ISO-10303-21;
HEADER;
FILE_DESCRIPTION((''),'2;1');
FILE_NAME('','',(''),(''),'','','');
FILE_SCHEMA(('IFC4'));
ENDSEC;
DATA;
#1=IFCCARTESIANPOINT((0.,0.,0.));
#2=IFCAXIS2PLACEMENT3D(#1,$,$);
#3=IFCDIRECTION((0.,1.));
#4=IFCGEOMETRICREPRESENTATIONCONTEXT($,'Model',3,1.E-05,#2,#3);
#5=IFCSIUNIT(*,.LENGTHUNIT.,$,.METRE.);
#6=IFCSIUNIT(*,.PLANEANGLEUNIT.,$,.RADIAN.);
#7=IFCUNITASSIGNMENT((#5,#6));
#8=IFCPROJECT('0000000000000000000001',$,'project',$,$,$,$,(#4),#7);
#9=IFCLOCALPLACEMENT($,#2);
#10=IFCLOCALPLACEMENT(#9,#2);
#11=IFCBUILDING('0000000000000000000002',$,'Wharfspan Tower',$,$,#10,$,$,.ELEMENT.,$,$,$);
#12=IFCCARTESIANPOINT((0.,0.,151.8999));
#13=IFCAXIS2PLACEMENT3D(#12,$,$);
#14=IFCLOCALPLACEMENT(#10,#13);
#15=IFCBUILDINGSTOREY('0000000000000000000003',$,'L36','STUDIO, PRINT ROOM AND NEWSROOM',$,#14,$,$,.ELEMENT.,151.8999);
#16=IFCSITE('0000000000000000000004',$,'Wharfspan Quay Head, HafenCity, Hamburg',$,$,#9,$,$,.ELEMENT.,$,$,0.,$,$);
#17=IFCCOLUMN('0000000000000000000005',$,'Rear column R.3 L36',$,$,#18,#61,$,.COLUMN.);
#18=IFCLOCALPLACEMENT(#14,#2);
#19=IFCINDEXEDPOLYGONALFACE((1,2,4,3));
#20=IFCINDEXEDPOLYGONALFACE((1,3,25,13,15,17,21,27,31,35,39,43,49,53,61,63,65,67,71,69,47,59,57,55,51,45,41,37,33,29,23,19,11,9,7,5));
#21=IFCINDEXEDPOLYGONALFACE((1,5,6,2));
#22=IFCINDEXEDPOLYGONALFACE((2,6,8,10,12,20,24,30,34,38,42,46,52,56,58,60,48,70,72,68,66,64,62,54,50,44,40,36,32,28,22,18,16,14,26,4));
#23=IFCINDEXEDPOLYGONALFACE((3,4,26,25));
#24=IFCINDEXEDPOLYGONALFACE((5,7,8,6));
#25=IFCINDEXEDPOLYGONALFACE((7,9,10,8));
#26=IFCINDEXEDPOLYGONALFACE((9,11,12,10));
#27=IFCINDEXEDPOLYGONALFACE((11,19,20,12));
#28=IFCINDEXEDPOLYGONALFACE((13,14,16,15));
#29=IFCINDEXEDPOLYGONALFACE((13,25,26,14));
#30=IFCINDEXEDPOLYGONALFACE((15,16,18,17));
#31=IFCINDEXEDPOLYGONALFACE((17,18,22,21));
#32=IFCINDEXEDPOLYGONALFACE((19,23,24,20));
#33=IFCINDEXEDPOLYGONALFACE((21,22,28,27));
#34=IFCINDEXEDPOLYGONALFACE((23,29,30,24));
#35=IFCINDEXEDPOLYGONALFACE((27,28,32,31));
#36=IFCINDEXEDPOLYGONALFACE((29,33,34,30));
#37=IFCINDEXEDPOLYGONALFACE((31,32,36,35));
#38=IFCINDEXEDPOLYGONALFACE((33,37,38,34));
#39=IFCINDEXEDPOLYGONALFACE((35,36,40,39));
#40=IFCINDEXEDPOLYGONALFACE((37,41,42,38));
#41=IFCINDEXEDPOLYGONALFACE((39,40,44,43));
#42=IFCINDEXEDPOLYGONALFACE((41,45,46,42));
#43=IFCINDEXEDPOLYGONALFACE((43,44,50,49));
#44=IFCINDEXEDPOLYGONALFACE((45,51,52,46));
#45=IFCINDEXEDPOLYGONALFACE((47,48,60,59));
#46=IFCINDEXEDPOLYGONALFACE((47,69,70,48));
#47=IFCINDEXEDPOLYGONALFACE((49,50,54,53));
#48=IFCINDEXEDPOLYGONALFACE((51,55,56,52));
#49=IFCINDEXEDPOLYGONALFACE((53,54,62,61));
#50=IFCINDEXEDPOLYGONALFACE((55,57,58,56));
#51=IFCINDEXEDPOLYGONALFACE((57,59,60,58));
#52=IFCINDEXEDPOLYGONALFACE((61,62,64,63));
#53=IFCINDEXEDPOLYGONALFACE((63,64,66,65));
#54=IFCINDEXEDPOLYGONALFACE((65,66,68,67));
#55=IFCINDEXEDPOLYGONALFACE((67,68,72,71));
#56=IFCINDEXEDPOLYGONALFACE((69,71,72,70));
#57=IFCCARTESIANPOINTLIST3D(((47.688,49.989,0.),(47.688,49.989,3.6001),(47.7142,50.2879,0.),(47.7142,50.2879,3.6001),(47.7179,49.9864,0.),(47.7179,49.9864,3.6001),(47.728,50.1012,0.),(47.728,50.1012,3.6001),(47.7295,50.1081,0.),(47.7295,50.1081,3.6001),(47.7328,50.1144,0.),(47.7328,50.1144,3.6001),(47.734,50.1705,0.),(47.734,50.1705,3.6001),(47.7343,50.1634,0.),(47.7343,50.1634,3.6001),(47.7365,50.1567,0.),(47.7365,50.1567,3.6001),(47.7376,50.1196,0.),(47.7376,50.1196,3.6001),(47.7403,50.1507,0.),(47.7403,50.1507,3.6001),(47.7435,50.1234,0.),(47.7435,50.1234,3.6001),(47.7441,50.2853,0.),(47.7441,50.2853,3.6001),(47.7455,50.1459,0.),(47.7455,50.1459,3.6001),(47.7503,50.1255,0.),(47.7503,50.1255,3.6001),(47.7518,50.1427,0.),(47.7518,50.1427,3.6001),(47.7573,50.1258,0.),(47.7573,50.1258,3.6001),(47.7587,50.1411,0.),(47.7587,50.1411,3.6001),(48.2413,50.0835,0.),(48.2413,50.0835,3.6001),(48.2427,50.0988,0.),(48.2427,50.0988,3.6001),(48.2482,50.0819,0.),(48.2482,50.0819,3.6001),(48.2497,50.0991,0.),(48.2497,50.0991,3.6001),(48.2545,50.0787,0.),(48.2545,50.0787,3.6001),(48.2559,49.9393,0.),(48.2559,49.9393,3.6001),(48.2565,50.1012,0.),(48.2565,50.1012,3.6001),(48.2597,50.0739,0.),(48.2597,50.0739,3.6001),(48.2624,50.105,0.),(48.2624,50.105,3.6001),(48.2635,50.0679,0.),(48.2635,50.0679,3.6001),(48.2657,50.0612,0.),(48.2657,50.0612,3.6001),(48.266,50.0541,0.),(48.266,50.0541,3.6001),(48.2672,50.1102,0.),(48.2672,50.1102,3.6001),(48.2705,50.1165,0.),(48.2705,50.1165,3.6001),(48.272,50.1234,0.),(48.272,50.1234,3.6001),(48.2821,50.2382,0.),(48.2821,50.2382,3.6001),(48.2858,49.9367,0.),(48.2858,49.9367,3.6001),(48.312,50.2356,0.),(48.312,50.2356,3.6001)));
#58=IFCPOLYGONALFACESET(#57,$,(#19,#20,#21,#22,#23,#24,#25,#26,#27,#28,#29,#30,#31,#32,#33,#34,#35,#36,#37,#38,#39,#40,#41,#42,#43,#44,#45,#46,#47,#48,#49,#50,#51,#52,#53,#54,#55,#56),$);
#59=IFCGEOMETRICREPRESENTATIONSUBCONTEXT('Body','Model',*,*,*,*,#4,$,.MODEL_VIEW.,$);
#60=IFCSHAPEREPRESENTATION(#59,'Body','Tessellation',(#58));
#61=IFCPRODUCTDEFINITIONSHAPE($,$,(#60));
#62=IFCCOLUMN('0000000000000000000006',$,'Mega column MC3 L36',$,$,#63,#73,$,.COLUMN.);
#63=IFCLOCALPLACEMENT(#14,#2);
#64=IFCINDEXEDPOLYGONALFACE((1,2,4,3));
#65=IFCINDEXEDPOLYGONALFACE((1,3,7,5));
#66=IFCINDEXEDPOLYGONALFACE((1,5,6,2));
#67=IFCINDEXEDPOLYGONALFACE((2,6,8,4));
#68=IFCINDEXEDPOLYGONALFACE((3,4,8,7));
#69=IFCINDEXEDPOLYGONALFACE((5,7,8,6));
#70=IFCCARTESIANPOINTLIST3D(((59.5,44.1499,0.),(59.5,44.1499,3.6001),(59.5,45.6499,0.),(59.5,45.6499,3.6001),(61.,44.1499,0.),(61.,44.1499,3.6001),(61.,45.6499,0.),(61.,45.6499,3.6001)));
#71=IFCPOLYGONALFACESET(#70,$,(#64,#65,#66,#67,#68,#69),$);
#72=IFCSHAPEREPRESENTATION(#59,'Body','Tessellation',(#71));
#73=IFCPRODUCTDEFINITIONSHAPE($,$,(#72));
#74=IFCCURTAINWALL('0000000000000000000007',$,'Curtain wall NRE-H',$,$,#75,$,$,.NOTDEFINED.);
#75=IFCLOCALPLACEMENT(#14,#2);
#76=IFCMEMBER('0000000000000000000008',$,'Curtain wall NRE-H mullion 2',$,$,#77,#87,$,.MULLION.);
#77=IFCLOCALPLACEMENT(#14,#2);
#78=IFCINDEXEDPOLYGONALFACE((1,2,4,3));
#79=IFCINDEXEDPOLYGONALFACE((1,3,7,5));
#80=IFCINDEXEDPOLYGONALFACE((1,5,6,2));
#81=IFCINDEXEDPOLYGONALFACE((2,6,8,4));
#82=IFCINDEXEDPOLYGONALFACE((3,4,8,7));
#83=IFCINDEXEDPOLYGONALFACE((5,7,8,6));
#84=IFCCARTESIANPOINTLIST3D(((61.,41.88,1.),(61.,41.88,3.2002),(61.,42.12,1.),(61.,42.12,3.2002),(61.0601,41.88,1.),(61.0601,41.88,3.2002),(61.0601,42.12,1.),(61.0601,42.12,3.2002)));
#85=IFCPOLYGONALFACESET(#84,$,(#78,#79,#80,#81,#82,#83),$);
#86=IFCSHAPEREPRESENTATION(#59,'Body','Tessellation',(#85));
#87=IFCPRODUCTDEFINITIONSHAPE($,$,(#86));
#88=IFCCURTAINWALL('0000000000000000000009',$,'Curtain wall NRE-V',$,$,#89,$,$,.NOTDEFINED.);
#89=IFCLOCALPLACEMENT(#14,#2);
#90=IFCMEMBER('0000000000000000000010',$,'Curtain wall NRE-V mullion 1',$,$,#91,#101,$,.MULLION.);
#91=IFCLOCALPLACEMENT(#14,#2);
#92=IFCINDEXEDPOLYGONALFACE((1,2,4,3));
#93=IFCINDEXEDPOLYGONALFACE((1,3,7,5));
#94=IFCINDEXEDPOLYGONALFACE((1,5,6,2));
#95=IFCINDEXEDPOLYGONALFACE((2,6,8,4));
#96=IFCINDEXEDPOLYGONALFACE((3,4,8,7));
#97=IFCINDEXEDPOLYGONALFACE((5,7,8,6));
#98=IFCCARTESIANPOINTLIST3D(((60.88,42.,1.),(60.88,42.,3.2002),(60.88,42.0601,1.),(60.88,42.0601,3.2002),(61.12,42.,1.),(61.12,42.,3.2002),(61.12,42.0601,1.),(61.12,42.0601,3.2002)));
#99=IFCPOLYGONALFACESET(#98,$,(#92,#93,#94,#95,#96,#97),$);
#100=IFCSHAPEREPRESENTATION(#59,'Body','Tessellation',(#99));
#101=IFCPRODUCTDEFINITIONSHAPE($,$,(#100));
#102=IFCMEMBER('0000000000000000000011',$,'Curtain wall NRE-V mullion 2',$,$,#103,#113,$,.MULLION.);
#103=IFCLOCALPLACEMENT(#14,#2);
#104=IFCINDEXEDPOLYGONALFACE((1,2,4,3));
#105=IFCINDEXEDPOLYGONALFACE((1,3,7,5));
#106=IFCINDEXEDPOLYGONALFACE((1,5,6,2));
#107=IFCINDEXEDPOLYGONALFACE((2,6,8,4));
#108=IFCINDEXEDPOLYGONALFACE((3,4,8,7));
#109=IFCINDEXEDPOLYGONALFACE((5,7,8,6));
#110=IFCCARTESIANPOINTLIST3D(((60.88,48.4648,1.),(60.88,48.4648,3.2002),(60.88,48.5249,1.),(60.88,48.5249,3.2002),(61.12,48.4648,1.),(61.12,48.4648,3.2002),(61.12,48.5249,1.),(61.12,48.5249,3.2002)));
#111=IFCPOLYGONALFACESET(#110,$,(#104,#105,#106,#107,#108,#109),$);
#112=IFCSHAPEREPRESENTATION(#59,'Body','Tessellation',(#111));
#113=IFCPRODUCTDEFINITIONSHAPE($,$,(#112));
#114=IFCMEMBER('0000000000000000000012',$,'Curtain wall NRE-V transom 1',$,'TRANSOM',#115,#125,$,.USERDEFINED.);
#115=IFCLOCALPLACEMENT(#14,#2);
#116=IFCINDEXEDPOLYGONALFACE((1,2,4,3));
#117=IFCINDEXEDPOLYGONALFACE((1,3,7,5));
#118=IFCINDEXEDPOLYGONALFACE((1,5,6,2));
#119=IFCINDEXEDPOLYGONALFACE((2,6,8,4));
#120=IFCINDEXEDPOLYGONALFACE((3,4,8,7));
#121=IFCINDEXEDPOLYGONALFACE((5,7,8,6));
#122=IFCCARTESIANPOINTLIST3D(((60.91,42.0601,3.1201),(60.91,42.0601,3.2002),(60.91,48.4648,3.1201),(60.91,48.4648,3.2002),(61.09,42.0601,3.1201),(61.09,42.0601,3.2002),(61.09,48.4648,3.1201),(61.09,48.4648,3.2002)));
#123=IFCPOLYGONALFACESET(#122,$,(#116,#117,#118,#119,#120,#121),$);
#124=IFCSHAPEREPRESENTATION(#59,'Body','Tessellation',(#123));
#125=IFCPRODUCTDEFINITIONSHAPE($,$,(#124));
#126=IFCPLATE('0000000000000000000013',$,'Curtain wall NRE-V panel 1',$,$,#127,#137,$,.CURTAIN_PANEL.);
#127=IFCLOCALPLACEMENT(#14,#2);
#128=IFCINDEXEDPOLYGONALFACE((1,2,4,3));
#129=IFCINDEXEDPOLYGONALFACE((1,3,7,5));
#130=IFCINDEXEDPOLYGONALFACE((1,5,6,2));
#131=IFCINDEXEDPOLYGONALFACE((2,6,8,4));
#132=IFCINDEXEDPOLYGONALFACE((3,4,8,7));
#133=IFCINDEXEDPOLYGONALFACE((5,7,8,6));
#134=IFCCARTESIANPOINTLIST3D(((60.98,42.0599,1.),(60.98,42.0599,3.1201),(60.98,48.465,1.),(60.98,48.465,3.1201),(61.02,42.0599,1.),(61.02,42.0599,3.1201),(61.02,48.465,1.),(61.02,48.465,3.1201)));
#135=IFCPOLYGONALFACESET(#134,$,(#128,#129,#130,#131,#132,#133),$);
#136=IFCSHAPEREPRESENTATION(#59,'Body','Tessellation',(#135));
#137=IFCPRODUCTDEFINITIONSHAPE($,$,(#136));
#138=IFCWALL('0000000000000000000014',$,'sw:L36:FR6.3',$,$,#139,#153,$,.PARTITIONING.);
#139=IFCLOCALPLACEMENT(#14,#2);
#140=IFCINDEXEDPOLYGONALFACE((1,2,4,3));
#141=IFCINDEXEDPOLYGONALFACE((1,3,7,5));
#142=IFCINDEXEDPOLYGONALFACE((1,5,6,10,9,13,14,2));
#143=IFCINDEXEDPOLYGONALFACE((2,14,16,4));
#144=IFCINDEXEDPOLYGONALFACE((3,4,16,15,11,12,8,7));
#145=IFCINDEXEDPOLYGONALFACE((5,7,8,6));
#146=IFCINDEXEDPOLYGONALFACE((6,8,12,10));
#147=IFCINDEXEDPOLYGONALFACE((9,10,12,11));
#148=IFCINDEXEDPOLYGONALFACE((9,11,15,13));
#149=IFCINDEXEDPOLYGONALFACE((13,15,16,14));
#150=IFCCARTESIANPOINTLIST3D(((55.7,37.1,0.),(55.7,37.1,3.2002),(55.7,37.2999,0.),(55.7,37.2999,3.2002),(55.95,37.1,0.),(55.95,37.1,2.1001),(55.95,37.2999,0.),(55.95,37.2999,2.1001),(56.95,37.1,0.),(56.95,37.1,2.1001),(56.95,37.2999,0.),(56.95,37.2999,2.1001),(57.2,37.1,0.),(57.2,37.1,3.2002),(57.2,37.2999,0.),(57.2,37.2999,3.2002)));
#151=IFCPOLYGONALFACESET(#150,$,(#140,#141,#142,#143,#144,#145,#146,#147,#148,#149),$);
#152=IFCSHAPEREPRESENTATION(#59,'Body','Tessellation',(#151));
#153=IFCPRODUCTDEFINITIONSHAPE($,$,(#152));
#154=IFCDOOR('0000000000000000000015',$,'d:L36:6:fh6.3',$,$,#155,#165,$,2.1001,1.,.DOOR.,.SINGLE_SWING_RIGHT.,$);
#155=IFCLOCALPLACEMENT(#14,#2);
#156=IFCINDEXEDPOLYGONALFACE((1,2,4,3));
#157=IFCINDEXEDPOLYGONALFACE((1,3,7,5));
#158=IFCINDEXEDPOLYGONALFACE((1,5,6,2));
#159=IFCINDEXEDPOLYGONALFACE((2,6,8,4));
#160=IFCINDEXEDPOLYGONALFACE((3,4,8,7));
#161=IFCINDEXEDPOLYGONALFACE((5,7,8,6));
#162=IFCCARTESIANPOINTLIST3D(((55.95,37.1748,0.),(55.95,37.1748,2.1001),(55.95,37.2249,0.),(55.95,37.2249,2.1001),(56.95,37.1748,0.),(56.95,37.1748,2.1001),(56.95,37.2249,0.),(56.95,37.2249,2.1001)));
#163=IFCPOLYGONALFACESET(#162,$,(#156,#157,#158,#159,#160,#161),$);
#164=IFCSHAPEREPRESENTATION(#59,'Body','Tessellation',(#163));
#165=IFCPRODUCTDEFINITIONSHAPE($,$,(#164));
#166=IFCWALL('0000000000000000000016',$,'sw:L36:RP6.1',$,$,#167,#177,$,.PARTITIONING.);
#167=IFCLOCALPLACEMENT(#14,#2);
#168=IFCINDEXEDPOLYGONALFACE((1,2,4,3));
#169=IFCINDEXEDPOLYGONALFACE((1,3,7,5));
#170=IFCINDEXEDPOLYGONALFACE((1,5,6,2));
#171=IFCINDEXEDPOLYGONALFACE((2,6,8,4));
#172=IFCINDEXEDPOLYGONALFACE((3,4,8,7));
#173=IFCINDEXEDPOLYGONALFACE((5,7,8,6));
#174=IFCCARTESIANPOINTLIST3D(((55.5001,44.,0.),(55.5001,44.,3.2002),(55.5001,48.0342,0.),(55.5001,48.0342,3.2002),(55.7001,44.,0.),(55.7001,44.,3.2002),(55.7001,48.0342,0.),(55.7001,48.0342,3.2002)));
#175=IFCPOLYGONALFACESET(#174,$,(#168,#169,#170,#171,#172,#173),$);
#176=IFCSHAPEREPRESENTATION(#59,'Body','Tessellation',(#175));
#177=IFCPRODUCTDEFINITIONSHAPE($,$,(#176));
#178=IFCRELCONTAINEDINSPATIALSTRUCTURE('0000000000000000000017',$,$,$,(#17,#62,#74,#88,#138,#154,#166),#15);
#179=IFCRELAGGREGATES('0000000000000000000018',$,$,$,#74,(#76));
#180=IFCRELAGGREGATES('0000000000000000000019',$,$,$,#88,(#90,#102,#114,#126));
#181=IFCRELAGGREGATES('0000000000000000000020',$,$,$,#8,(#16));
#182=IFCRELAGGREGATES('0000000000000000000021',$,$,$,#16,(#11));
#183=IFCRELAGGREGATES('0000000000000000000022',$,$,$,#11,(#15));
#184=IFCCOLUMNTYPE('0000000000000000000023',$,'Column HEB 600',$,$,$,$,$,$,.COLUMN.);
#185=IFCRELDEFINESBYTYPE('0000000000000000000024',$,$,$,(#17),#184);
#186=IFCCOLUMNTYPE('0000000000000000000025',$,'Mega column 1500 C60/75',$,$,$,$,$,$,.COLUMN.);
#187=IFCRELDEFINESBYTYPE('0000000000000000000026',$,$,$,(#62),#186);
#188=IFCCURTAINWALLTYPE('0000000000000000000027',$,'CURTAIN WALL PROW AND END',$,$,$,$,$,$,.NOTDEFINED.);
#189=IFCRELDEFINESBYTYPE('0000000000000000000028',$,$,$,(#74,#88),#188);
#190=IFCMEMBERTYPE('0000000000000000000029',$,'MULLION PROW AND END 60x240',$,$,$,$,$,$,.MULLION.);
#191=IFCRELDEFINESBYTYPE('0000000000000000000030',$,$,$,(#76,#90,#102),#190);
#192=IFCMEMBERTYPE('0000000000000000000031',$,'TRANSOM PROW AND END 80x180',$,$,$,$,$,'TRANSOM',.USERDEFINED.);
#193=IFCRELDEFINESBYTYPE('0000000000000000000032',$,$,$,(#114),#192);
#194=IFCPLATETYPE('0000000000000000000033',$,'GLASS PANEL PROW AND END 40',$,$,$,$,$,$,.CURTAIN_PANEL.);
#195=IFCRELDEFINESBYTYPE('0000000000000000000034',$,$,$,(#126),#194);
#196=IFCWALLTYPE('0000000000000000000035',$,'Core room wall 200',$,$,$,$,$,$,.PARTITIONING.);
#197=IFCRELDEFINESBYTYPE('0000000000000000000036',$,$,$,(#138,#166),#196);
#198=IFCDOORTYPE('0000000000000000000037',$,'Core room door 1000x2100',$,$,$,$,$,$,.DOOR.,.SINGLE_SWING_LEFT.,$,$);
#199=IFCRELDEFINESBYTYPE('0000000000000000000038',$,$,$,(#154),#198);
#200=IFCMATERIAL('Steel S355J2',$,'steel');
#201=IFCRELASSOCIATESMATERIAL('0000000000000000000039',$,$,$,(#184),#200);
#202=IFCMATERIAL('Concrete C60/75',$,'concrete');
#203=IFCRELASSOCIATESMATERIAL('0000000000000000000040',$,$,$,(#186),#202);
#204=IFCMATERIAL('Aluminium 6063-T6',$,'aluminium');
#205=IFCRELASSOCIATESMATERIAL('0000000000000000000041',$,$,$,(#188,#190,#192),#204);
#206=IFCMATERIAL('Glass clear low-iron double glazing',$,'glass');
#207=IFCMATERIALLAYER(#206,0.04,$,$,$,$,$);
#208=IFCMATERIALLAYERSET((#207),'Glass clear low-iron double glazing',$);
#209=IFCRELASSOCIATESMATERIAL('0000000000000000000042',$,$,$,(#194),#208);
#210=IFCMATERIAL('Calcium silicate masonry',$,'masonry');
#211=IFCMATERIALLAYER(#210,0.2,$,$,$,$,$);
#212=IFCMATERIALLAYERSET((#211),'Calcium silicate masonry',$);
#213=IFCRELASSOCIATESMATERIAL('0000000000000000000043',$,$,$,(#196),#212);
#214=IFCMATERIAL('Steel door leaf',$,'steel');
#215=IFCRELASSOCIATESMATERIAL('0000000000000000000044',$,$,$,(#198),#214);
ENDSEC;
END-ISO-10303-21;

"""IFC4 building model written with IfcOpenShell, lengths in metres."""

from ifc_helpers import new_model, si_unit, direction, frame, frame_2d, origin, origin_2d, place, context, subcontext, project, spatial, rectangle, i_section, extrude, material, layer, layer_set, material_profile, profile_set, type_object, element, fill, aggregate, save


model = new_model("IFC4")

# Units and contexts
model_context = context("Model", 3, precision=1e-05, world=origin(), true_north=direction((0.0, 1.0)))
body_context = subcontext(model_context, "Body", "Model", "MODEL_VIEW")
ifc_project = project(units=[si_unit("LENGTHUNIT", "METRE"), si_unit("PLANEANGLEUNIT", "RADIAN")], contexts=[model_context])

# Site, building, storey
site_placement = place(None, origin())
site = spatial("IfcSite", under=ifc_project, at=site_placement, Name="Wharfspan Quay Head, HafenCity, Hamburg", CompositionType="ELEMENT", RefElevation=0.0)
building_placement = place(site_placement, origin())
building = spatial("IfcBuilding", under=site, at=building_placement, Name="Wharfspan Tower", CompositionType="ELEMENT")
storey_placement = place(building_placement, frame((0.0, 0.0, 151.8999)))
storey = spatial("IfcBuildingStorey", under=building, at=storey_placement, Name="L36", Description="STUDIO, PRINT ROOM AND NEWSROOM", CompositionType="ELEMENT", Elevation=151.8999)

# Columns
ifc_material_1 = material(Name="Steel S355J2", Category="steel")
ifc_material_profile_1 = material_profile(ifc_material_1, i_section(OverallWidth=0.3, OverallDepth=0.6001, WebThickness=0.0154, FlangeThickness=0.03, FilletRadius=0.0271, at=origin_2d()))
ifc_profile_set_1 = profile_set([ifc_material_profile_1], Name="Steel S355J2")
column_type_1 = type_object("IfcColumnType", Name="Column HEB 600", PredefinedType="COLUMN", material=ifc_profile_set_1)
column_1_placement = place(storey_placement, frame((48.0, 50.1123, 0.0), z_axis=(0.0, 0.0, 1.0), x_axis=(0.087156, 0.996198, 0.0)))
element("IfcColumn", 1, at=column_1_placement, inside=storey, type_object=column_type_1, Name="Rear column R.3 L36", PredefinedType="COLUMN", context=body_context, shape_type="SweptSolid", body=[
    extrude(i_section(OverallWidth=0.3, OverallDepth=0.6001, WebThickness=0.0154, FlangeThickness=0.03, FilletRadius=0.0271, at=origin_2d()), origin(), (0.0, 0.0, 1.0), 3.6001),
])
ifc_material_2 = material(Name="Concrete C60/75", Category="concrete")
ifc_material_profile_2 = material_profile(ifc_material_2, rectangle(XDim=1.5, YDim=1.5, at=origin_2d()))
ifc_profile_set_2 = profile_set([ifc_material_profile_2], Name="Concrete C60/75")
column_type_2 = type_object("IfcColumnType", Name="Mega column 1500 C60/75", PredefinedType="COLUMN", material=ifc_profile_set_2)
column_2_placement = place(storey_placement, frame((60.25, 44.8999, 0.0), z_axis=(0.0, 0.0, 1.0), x_axis=(1.0, 0.0, 0.0)))
element("IfcColumn", 2, at=column_2_placement, inside=storey, type_object=column_type_2, Name="Mega column MC3 L36", PredefinedType="COLUMN", context=body_context, shape_type="SweptSolid", body=[
    extrude(rectangle(XDim=1.5, YDim=1.5, at=origin_2d()), origin(), (0.0, 0.0, 1.0), 3.6001),
])

# Curtain wall, member
ifc_material_3 = material(Name="Aluminium 6063-T6", Category="aluminium")
curtain_wall_type = type_object("IfcCurtainWallType", Name="CURTAIN WALL PROW AND END", PredefinedType="NOTDEFINED", material=ifc_material_3)
curtain_wall_1_placement = place(storey_placement, origin())
curtain_wall_1 = element("IfcCurtainWall", 3, at=curtain_wall_1_placement, inside=storey, type_object=curtain_wall_type, Name="Curtain wall NRE-H", PredefinedType="NOTDEFINED")
ifc_material_profile_3 = material_profile(ifc_material_3, rectangle(XDim=0.24, YDim=0.0601, at=origin_2d()))
ifc_profile_set_3 = profile_set([ifc_material_profile_3], Name="Aluminium 6063-T6")
member_type_1 = type_object("IfcMemberType", Name="MULLION PROW AND END 60x240", PredefinedType="MULLION", material=ifc_profile_set_3)
member_1_placement = place(storey_placement, frame((61.03, 42.0, 1.0), z_axis=(0.0, 0.0, 1.0), x_axis=(0.0, -1.0, 0.0)))
member_1 = element("IfcMember", 4, at=member_1_placement, type_object=member_type_1, Name="Curtain wall NRE-H mullion 2", PredefinedType="MULLION", context=body_context, shape_type="SweptSolid", body=[
    extrude(rectangle(XDim=0.24, YDim=0.0601, at=origin_2d()), origin(), (0.0, 0.0, 1.0), 2.2002),
])
aggregate(curtain_wall_1, [member_1])

# Curtain wall, members, plate
curtain_wall_2_placement = place(storey_placement, origin())
curtain_wall_2 = element("IfcCurtainWall", 5, at=curtain_wall_2_placement, inside=storey, type_object=curtain_wall_type, Name="Curtain wall NRE-V", PredefinedType="NOTDEFINED")
member_2_placement = place(storey_placement, frame((61.0, 42.03, 1.0), z_axis=(0.0, 0.0, 1.0), x_axis=(-1.0, 0.0, 0.0)))
member_2 = element("IfcMember", 6, at=member_2_placement, type_object=member_type_1, Name="Curtain wall NRE-V mullion 1", PredefinedType="MULLION", context=body_context, shape_type="SweptSolid", body=[
    extrude(rectangle(XDim=0.24, YDim=0.0601, at=origin_2d()), origin(), (0.0, 0.0, 1.0), 2.2002),
])
member_3_placement = place(storey_placement, frame((61.0, 48.4949, 1.0), z_axis=(0.0, 0.0, 1.0), x_axis=(-1.0, 0.0, 0.0)))
member_3 = element("IfcMember", 7, at=member_3_placement, type_object=member_type_1, Name="Curtain wall NRE-V mullion 2", PredefinedType="MULLION", context=body_context, shape_type="SweptSolid", body=[
    extrude(rectangle(XDim=0.24, YDim=0.0601, at=origin_2d()), origin(), (0.0, 0.0, 1.0), 2.2002),
])
ifc_material_profile_4 = material_profile(ifc_material_3, rectangle(XDim=0.1799, YDim=0.0801, at=origin_2d()))
ifc_profile_set_4 = profile_set([ifc_material_profile_4], Name="Aluminium 6063-T6")
member_type_2 = type_object("IfcMemberType", Name="TRANSOM PROW AND END 80x180", ElementType="TRANSOM", PredefinedType="USERDEFINED", material=ifc_profile_set_4)
member_4_placement = place(storey_placement, frame((61.0, 42.0601, 3.1602), z_axis=(0.0, 1.0, 0.0), x_axis=(-1.0, 0.0, 0.0)))
member_4 = element("IfcMember", 8, at=member_4_placement, type_object=member_type_2, Name="Curtain wall NRE-V transom 1", ObjectType="TRANSOM", PredefinedType="USERDEFINED", context=body_context, shape_type="SweptSolid", body=[
    extrude(rectangle(XDim=0.1799, YDim=0.0801, at=origin_2d()), origin(), (0.0, 0.0, 1.0), 6.4048),
])
ifc_material_4 = material(Name="Glass clear low-iron double glazing", Category="glass")
ifc_layer_1 = layer(ifc_material_4, 0.04)
ifc_layer_set_1 = layer_set([ifc_layer_1], Name="Glass clear low-iron double glazing")
plate_type = type_object("IfcPlateType", Name="GLASS PANEL PROW AND END 40", PredefinedType="CURTAIN_PANEL", material=ifc_layer_set_1)
plate_placement = place(storey_placement, frame((61.0, 45.2625, 1.0), z_axis=(0.0, 0.0, 1.0), x_axis=(0.0, 1.0, 0.0)))
plate = element("IfcPlate", 9, at=plate_placement, type_object=plate_type, Name="Curtain wall NRE-V panel 1", PredefinedType="CURTAIN_PANEL", context=body_context, shape_type="SweptSolid", body=[
    extrude(rectangle(XDim=6.405, YDim=0.04, at=origin_2d()), origin(), (0.0, 0.0, 1.0), 2.1201),
])
aggregate(curtain_wall_2, [member_2, member_3, member_4, plate])

# Wall, opening, door
ifc_material_5 = material(Name="Calcium silicate masonry", Category="masonry")
ifc_layer_2 = layer(ifc_material_5, 0.2)
ifc_layer_set_2 = layer_set([ifc_layer_2], Name="Calcium silicate masonry")
wall_type_1 = type_object("IfcWallType", Name="Core room wall 200", PredefinedType="PARTITIONING", material=ifc_layer_set_2)
wall_1_placement = place(storey_placement, frame((55.7, 37.2, 0.0), z_axis=(0.0, 0.0, 1.0), x_axis=(1.0, 0.0, 0.0)))
wall_1 = element("IfcWall", 10, at=wall_1_placement, inside=storey, type_object=wall_type_1, Name="sw:L36:FR6.3", PredefinedType="PARTITIONING", context=body_context, shape_type="SweptSolid", body=[
    extrude(rectangle(XDim=1.5, YDim=0.2, at=frame_2d((0.75, 0.0))), origin(), (0.0, 0.0, 1.0), 3.2002),
])
opening_1_placement = place(wall_1_placement, frame((0.25, 0.0, 0.0)))
opening_1 = element("IfcOpeningElement", 11, at=opening_1_placement, cuts=wall_1, PredefinedType="OPENING", context=body_context, shape_type="SweptSolid", body=[
    extrude(rectangle(XDim=1.0, YDim=2.1001, at=frame_2d((0.5, 1.05))), frame((0.0, 0.1099, 0.0), z_axis=(0.0, -1.0, 0.0), x_axis=(1.0, 0.0, 0.0)), (0.0, 0.0, 1.0), 0.22),
])
ifc_material_6 = material(Name="Steel door leaf", Category="steel")
door_type_1 = type_object("IfcDoorType", Name="Core room door 1000x2100", OperationType="SINGLE_SWING_LEFT", PredefinedType="DOOR", material=ifc_material_6)
door_1_placement = place(opening_1_placement, origin())
door_1 = element("IfcDoor", 12, at=door_1_placement, inside=storey, type_object=door_type_1, Name="d:L36:6:fh6.3", OperationType="SINGLE_SWING_RIGHT", OverallHeight=2.1001, OverallWidth=1.0, PredefinedType="DOOR", context=body_context, shape_type="SweptSolid", body=[
    extrude(rectangle(XDim=1.0, YDim=2.1001, at=frame_2d((0.5, 1.05))), frame((0.0, 0.0249, 0.0), z_axis=(0.0, -1.0, 0.0), x_axis=(1.0, 0.0, 0.0)), (0.0, 0.0, 1.0), 0.05),
])
fill(opening_1, door_1)

# Wall
wall_2_placement = place(storey_placement, frame((55.6001, 44.0, 0.0), z_axis=(0.0, 0.0, 1.0), x_axis=(0.0, 1.0, 0.0)))
element("IfcWall", 13, at=wall_2_placement, inside=storey, type_object=wall_type_1, Name="sw:L36:RP6.1", PredefinedType="PARTITIONING", context=body_context, shape_type="SweptSolid", body=[
    extrude(rectangle(XDim=4.0342, YDim=0.2, at=frame_2d((2.0171, 0.0))), origin(), (0.0, 0.0, 1.0), 3.2002),
])

save(model, "model.ifc")
